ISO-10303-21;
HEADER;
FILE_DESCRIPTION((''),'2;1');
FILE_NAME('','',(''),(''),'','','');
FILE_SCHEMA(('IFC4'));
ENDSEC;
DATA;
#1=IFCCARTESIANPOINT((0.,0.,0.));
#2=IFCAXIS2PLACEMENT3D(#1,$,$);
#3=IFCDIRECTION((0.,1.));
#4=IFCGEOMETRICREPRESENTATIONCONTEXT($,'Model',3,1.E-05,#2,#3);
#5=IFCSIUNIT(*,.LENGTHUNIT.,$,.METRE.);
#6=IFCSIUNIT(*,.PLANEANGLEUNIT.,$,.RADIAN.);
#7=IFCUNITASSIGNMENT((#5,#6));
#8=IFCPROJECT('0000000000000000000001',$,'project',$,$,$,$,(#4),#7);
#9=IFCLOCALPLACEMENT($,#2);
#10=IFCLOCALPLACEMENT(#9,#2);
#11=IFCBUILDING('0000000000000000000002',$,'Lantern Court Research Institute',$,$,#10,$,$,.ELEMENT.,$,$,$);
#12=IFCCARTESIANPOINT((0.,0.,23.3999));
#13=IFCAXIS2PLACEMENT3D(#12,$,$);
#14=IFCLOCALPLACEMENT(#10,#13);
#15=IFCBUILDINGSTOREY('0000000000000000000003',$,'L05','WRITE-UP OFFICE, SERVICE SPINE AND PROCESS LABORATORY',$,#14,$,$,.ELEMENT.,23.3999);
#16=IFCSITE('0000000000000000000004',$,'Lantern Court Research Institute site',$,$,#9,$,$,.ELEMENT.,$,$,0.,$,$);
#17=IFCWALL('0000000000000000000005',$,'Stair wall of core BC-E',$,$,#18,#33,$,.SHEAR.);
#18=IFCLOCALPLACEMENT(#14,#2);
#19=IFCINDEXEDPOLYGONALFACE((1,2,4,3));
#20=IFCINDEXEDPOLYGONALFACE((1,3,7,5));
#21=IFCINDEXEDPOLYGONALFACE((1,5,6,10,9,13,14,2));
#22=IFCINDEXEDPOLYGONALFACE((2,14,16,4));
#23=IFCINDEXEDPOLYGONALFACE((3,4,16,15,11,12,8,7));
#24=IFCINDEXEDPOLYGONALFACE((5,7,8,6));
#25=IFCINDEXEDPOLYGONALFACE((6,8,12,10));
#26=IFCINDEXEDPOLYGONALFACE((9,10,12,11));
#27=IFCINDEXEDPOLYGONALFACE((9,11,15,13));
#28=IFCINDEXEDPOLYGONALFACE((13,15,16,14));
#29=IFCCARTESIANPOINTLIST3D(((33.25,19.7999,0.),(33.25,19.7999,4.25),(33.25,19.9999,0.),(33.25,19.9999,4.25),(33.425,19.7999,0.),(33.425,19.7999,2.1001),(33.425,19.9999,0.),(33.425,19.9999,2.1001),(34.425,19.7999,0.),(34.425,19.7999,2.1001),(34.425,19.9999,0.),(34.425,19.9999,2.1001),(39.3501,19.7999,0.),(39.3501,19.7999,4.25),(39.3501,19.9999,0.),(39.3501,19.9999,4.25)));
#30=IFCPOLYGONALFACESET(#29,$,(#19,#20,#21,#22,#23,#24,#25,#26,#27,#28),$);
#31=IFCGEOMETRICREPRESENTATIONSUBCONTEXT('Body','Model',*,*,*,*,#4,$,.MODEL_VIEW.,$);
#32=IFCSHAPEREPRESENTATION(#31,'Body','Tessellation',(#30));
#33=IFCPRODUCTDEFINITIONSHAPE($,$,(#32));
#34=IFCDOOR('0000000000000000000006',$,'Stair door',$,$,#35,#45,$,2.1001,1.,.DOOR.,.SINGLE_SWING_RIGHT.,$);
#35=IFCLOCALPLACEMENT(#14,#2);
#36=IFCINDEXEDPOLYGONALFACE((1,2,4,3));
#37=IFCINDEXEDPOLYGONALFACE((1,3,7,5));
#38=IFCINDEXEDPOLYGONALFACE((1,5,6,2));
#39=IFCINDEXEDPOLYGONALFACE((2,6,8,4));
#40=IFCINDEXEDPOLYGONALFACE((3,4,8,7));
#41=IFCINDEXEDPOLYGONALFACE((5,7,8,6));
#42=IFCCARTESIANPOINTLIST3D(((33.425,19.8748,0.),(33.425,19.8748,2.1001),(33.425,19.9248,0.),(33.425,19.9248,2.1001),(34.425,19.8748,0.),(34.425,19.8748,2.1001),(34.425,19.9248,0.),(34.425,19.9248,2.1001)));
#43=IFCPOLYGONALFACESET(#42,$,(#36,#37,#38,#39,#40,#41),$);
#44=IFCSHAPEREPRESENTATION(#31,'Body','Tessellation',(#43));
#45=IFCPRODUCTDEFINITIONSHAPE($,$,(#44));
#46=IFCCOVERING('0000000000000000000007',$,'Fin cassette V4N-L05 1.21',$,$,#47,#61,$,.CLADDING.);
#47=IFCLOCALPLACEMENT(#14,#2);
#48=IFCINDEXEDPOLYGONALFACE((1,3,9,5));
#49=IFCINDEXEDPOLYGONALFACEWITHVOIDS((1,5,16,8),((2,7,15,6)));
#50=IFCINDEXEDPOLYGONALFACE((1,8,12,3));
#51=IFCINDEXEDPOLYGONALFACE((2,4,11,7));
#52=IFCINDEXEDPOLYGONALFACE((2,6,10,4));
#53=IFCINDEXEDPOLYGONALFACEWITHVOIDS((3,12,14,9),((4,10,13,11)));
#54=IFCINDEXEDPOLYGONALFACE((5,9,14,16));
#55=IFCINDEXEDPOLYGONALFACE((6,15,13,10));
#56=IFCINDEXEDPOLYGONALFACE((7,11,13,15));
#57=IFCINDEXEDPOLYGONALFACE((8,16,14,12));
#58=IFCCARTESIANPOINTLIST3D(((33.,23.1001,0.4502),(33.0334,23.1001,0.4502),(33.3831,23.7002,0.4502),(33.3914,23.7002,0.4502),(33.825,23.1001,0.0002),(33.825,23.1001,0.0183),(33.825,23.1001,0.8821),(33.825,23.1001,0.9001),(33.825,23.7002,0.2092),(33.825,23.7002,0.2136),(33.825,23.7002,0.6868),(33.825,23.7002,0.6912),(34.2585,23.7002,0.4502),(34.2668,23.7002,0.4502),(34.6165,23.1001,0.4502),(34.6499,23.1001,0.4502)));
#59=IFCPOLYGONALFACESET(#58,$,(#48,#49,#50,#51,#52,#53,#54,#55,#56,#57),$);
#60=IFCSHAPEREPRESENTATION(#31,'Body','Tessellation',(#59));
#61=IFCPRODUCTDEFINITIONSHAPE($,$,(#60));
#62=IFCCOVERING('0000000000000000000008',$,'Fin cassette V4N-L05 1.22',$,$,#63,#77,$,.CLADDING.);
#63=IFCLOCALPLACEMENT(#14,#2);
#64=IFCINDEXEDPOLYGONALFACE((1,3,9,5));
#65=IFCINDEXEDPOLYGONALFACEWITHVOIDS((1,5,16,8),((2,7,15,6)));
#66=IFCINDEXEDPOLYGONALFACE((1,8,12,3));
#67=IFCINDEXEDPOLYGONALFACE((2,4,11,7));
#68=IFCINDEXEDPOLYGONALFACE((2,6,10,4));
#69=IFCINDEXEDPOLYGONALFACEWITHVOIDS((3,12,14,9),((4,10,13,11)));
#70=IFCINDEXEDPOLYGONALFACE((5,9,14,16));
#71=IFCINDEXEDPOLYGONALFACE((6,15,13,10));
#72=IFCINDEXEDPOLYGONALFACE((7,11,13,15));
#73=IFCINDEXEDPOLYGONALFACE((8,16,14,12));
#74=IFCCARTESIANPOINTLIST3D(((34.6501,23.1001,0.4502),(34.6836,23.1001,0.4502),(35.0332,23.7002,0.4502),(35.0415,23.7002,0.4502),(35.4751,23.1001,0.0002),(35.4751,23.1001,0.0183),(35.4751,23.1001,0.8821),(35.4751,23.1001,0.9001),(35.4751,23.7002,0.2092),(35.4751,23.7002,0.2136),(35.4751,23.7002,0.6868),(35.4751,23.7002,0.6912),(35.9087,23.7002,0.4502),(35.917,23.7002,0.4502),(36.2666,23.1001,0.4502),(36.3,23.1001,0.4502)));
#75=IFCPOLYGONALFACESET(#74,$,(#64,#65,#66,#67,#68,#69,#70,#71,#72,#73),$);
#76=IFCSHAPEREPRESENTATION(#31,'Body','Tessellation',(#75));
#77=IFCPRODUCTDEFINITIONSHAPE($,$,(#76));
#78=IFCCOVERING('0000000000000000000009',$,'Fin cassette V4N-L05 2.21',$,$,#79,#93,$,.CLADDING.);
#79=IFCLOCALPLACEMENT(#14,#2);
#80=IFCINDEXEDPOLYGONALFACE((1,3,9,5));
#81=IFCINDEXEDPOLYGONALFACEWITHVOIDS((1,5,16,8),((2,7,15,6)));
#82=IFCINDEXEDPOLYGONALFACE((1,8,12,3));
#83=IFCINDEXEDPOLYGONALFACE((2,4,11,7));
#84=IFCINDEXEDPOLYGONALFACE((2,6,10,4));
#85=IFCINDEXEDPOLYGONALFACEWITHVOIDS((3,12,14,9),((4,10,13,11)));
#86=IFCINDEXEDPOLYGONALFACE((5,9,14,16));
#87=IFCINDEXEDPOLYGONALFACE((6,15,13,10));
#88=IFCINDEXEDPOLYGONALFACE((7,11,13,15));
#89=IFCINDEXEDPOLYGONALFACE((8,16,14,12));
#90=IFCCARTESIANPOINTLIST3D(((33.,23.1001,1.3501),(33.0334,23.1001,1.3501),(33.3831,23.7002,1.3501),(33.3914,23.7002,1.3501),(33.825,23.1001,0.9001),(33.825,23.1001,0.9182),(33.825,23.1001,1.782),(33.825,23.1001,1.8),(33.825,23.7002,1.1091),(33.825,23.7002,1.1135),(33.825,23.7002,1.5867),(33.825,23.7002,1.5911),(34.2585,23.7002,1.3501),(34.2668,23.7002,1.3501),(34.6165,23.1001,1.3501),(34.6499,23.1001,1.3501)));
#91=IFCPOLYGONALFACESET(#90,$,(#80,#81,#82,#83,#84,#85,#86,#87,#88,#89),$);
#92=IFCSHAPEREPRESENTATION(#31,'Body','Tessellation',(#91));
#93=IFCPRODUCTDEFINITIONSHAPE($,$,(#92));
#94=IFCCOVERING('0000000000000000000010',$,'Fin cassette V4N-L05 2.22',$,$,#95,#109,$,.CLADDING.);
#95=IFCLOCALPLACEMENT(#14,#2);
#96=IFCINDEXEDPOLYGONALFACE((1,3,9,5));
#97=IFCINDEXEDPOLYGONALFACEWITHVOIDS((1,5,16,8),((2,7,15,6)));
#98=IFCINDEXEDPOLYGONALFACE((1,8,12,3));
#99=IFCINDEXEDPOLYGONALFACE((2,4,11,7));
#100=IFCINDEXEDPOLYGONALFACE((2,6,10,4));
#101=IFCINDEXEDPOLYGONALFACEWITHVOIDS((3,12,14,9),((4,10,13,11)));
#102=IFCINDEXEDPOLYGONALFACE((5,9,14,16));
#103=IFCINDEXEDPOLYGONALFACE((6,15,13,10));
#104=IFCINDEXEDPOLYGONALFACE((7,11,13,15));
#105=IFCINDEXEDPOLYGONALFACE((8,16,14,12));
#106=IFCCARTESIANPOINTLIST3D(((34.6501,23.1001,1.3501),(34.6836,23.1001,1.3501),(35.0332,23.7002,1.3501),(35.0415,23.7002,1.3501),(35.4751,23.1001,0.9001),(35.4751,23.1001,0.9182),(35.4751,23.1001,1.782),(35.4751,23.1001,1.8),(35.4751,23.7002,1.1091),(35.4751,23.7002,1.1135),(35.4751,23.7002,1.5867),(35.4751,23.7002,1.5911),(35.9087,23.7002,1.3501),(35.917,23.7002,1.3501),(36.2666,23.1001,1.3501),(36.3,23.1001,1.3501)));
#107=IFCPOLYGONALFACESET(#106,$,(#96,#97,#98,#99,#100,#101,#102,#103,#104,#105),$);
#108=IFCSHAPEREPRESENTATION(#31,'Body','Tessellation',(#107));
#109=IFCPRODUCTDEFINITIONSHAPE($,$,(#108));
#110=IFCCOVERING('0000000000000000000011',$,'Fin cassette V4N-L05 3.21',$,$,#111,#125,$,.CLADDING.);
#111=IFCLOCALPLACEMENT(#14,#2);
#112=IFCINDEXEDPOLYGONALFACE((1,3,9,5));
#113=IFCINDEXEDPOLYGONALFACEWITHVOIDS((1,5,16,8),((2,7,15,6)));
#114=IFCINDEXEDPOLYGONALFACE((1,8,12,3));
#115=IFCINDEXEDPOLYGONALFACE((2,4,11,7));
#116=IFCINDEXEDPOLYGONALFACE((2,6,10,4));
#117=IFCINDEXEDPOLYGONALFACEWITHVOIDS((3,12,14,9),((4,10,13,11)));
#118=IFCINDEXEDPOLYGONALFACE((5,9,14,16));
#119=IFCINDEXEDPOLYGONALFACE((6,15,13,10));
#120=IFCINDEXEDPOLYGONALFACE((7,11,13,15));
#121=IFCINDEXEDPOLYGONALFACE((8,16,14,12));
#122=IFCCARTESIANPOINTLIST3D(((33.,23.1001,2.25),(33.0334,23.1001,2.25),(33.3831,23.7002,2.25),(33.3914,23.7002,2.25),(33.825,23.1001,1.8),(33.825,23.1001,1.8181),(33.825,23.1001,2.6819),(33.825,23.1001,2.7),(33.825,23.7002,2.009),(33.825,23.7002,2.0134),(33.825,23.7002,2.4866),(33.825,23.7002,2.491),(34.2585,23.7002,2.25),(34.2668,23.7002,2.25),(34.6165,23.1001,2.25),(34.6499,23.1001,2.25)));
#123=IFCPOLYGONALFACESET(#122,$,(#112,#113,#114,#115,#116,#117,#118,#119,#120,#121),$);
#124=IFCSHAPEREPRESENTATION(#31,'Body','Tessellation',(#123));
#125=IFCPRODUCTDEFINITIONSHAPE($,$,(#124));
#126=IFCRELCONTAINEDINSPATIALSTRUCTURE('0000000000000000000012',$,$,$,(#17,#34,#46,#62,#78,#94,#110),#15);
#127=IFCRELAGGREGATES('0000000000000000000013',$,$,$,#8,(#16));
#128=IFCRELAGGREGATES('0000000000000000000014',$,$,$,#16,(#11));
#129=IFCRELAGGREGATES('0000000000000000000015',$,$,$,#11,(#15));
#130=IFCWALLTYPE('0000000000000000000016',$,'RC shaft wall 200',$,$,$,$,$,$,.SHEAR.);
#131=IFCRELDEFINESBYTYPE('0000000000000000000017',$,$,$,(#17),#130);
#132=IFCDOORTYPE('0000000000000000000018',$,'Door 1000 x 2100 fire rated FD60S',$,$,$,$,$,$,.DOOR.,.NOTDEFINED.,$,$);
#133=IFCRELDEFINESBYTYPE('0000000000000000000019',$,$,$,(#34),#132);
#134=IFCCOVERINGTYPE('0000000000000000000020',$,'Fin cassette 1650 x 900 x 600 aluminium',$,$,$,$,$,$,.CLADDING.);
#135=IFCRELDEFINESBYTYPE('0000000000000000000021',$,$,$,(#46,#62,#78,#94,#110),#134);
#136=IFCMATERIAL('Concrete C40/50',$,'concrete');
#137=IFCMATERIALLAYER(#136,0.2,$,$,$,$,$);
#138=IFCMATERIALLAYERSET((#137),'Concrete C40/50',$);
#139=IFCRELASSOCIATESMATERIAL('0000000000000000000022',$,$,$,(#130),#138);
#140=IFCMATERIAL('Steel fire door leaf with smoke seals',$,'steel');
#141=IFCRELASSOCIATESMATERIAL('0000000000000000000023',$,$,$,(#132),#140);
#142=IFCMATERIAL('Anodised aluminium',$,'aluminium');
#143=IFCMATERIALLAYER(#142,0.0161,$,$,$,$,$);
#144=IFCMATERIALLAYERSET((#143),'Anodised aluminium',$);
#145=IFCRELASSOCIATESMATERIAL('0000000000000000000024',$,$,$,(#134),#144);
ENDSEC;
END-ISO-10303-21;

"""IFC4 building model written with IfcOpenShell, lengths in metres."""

from ifc_helpers import new_model, entity, si_unit, direction, frame, frame_2d, origin, place, context, subcontext, project, spatial, rectangle, extrude, material, layer, layer_set, type_object, element, fill, save


model = new_model("IFC4")

# Units and contexts
model_context = context("Model", 3, precision=1e-05, world=origin(), true_north=direction((0.0, 1.0)))
body_context = subcontext(model_context, "Body", "Model", "MODEL_VIEW")
ifc_project = project(units=[si_unit("LENGTHUNIT", "METRE"), si_unit("PLANEANGLEUNIT", "RADIAN")], contexts=[model_context])

# Site, building, storey
site_placement = place(None, origin())
site = spatial("IfcSite", under=ifc_project, at=site_placement, Name="Lantern Court Research Institute site", CompositionType="ELEMENT", RefElevation=0.0)
building_placement = place(site_placement, origin())
building = spatial("IfcBuilding", under=site, at=building_placement, Name="Lantern Court Research Institute", CompositionType="ELEMENT")
storey_placement = place(building_placement, frame((0.0, 0.0, 23.3999)))
storey = spatial("IfcBuildingStorey", under=building, at=storey_placement, Name="L05", Description="WRITE-UP OFFICE, SERVICE SPINE AND PROCESS LABORATORY", CompositionType="ELEMENT", Elevation=23.3999)

# Wall, opening, door
ifc_material_1 = material(Name="Concrete C40/50", Category="concrete")
ifc_layer_1 = layer(ifc_material_1, 0.2)
ifc_layer_set_1 = layer_set([ifc_layer_1], Name="Concrete C40/50")
wall_type_1 = type_object("IfcWallType", Name="RC shaft wall 200", PredefinedType="SHEAR", material=ifc_layer_set_1)
wall_1_placement = place(storey_placement, frame((33.25, 19.8999, 0.0), z_axis=(0.0, 0.0, 1.0), x_axis=(1.0, 0.0, 0.0)))
wall_1 = element("IfcWall", 1, at=wall_1_placement, inside=storey, type_object=wall_type_1, Name="Stair wall of core BC-E", PredefinedType="SHEAR", context=body_context, shape_type="SweptSolid", body=[
    extrude(rectangle(XDim=6.1001, YDim=0.2, at=frame_2d((3.05, 0.0))), origin(), (0.0, 0.0, 1.0), 4.25),
])
opening_1_placement = place(wall_1_placement, frame((0.175, 0.0, 0.0)))
opening_1 = element("IfcOpeningElement", 2, at=opening_1_placement, cuts=wall_1, PredefinedType="OPENING", context=body_context, shape_type="SweptSolid", body=[
    extrude(rectangle(XDim=1.0, YDim=2.1001, at=frame_2d((0.5, 1.05))), frame((0.0, 0.1099, 0.0), z_axis=(0.0, -1.0, 0.0), x_axis=(1.0, 0.0, 0.0)), (0.0, 0.0, 1.0), 0.22),
])
ifc_material_2 = material(Name="Steel fire door leaf with smoke seals", Category="steel")
door_type_1 = type_object("IfcDoorType", Name="Door 1000 x 2100 fire rated FD60S", OperationType="NOTDEFINED", PredefinedType="DOOR", material=ifc_material_2)
door_1_placement = place(opening_1_placement, origin())
door_1 = element("IfcDoor", 3, at=door_1_placement, inside=storey, type_object=door_type_1, Name="Stair door", OperationType="SINGLE_SWING_RIGHT", OverallHeight=2.1001, OverallWidth=1.0, PredefinedType="DOOR", context=body_context, shape_type="SweptSolid", body=[
    extrude(rectangle(XDim=1.0, YDim=2.1001, at=frame_2d((0.5, 1.05))), frame((0.0, 0.0249, 0.0), z_axis=(0.0, -1.0, 0.0), x_axis=(1.0, 0.0, 0.0)), (0.0, 0.0, 1.0), 0.05),
])
fill(opening_1, door_1)

# Coverings
ifc_material_3 = material(Name="Anodised aluminium", Category="aluminium")
ifc_layer_2 = layer(ifc_material_3, 0.0161)
ifc_layer_set_2 = layer_set([ifc_layer_2], Name="Anodised aluminium")
covering_type = type_object("IfcCoveringType", Name="Fin cassette 1650 x 900 x 600 aluminium", PredefinedType="CLADDING", material=ifc_layer_set_2)
covering_1_placement = place(storey_placement, frame((33.825, 23.1001, 0.4502), z_axis=(0.0, 1.0, 0.0), x_axis=(-1.0, 0.0, 0.0)))
cartesian_point_1 = entity("IfcCartesianPoint", [0.825, 0.0])
cartesian_point_2 = entity("IfcCartesianPoint", [0.7915, 0.0])
cartesian_point_3 = entity("IfcCartesianPoint", [0.4419, 0.0])
cartesian_point_4 = entity("IfcCartesianPoint", [0.4336, 0.0])
element("IfcCovering", 4, at=covering_1_placement, inside=storey, type_object=covering_type, Name="Fin cassette V4N-L05 1.21", PredefinedType="CLADDING", context=body_context, shape_type="SweptSolid", body=[
    entity("IfcExtrudedAreaSolidTapered", entity("IfcArbitraryProfileDefWithVoids", "AREA", None, entity("IfcPolyline", [cartesian_point_1, entity("IfcCartesianPoint", [0.0, 0.45]), entity("IfcCartesianPoint", [-0.825, 0.0]), entity("IfcCartesianPoint", [0.0, -0.45]), cartesian_point_1]), [entity("IfcPolyline", [cartesian_point_2, entity("IfcCartesianPoint", [0.0, 0.4319]), entity("IfcCartesianPoint", [-0.7915, 0.0]), entity("IfcCartesianPoint", [0.0, -0.4319]), cartesian_point_2])]), entity("IfcAxis2Placement3D", entity("IfcCartesianPoint", [0.0, 0.0, 0.0])), entity("IfcDirection", [0.0, 0.0, 1.0]), 0.6001, entity("IfcArbitraryProfileDefWithVoids", "AREA", None, entity("IfcPolyline", [cartesian_point_3, entity("IfcCartesianPoint", [0.0, 0.241]), entity("IfcCartesianPoint", [-0.4419, 0.0]), entity("IfcCartesianPoint", [0.0, -0.241]), cartesian_point_3]), [entity("IfcPolyline", [cartesian_point_4, entity("IfcCartesianPoint", [0.0, 0.2366]), entity("IfcCartesianPoint", [-0.4336, 0.0]), entity("IfcCartesianPoint", [0.0, -0.2366]), cartesian_point_4])])),
])
covering_2_placement = place(storey_placement, frame((35.4751, 23.1001, 0.4502), z_axis=(0.0, 1.0, 0.0), x_axis=(-1.0, 0.0, 0.0)))
cartesian_point_5 = entity("IfcCartesianPoint", [0.825, 0.0])
cartesian_point_6 = entity("IfcCartesianPoint", [0.7915, 0.0])
cartesian_point_7 = entity("IfcCartesianPoint", [0.4419, 0.0])
cartesian_point_8 = entity("IfcCartesianPoint", [0.4336, 0.0])
element("IfcCovering", 5, at=covering_2_placement, inside=storey, type_object=covering_type, Name="Fin cassette V4N-L05 1.22", PredefinedType="CLADDING", context=body_context, shape_type="SweptSolid", body=[
    entity("IfcExtrudedAreaSolidTapered", entity("IfcArbitraryProfileDefWithVoids", "AREA", None, entity("IfcPolyline", [cartesian_point_5, entity("IfcCartesianPoint", [0.0, 0.45]), entity("IfcCartesianPoint", [-0.825, 0.0]), entity("IfcCartesianPoint", [0.0, -0.45]), cartesian_point_5]), [entity("IfcPolyline", [cartesian_point_6, entity("IfcCartesianPoint", [0.0, 0.4319]), entity("IfcCartesianPoint", [-0.7915, 0.0]), entity("IfcCartesianPoint", [0.0, -0.4319]), cartesian_point_6])]), entity("IfcAxis2Placement3D", entity("IfcCartesianPoint", [0.0, 0.0, 0.0])), entity("IfcDirection", [0.0, 0.0, 1.0]), 0.6001, entity("IfcArbitraryProfileDefWithVoids", "AREA", None, entity("IfcPolyline", [cartesian_point_7, entity("IfcCartesianPoint", [0.0, 0.241]), entity("IfcCartesianPoint", [-0.4419, 0.0]), entity("IfcCartesianPoint", [0.0, -0.241]), cartesian_point_7]), [entity("IfcPolyline", [cartesian_point_8, entity("IfcCartesianPoint", [0.0, 0.2366]), entity("IfcCartesianPoint", [-0.4336, 0.0]), entity("IfcCartesianPoint", [0.0, -0.2366]), cartesian_point_8])])),
])
covering_3_placement = place(storey_placement, frame((33.825, 23.1001, 1.3501), z_axis=(0.0, 1.0, 0.0), x_axis=(-1.0, 0.0, 0.0)))
cartesian_point_9 = entity("IfcCartesianPoint", [0.825, 0.0])
cartesian_point_10 = entity("IfcCartesianPoint", [0.7915, 0.0])
cartesian_point_11 = entity("IfcCartesianPoint", [0.4419, 0.0])
cartesian_point_12 = entity("IfcCartesianPoint", [0.4336, 0.0])
element("IfcCovering", 6, at=covering_3_placement, inside=storey, type_object=covering_type, Name="Fin cassette V4N-L05 2.21", PredefinedType="CLADDING", context=body_context, shape_type="SweptSolid", body=[
    entity("IfcExtrudedAreaSolidTapered", entity("IfcArbitraryProfileDefWithVoids", "AREA", None, entity("IfcPolyline", [cartesian_point_9, entity("IfcCartesianPoint", [0.0, 0.45]), entity("IfcCartesianPoint", [-0.825, 0.0]), entity("IfcCartesianPoint", [0.0, -0.45]), cartesian_point_9]), [entity("IfcPolyline", [cartesian_point_10, entity("IfcCartesianPoint", [0.0, 0.4319]), entity("IfcCartesianPoint", [-0.7915, 0.0]), entity("IfcCartesianPoint", [0.0, -0.4319]), cartesian_point_10])]), entity("IfcAxis2Placement3D", entity("IfcCartesianPoint", [0.0, 0.0, 0.0])), entity("IfcDirection", [0.0, 0.0, 1.0]), 0.6001, entity("IfcArbitraryProfileDefWithVoids", "AREA", None, entity("IfcPolyline", [cartesian_point_11, entity("IfcCartesianPoint", [0.0, 0.241]), entity("IfcCartesianPoint", [-0.4419, 0.0]), entity("IfcCartesianPoint", [0.0, -0.241]), cartesian_point_11]), [entity("IfcPolyline", [cartesian_point_12, entity("IfcCartesianPoint", [0.0, 0.2366]), entity("IfcCartesianPoint", [-0.4336, 0.0]), entity("IfcCartesianPoint", [0.0, -0.2366]), cartesian_point_12])])),
])
covering_4_placement = place(storey_placement, frame((35.4751, 23.1001, 1.3501), z_axis=(0.0, 1.0, 0.0), x_axis=(-1.0, 0.0, 0.0)))
cartesian_point_13 = entity("IfcCartesianPoint", [0.825, 0.0])
cartesian_point_14 = entity("IfcCartesianPoint", [0.7915, 0.0])
cartesian_point_15 = entity("IfcCartesianPoint", [0.4419, 0.0])
cartesian_point_16 = entity("IfcCartesianPoint", [0.4336, 0.0])
element("IfcCovering", 7, at=covering_4_placement, inside=storey, type_object=covering_type, Name="Fin cassette V4N-L05 2.22", PredefinedType="CLADDING", context=body_context, shape_type="SweptSolid", body=[
    entity("IfcExtrudedAreaSolidTapered", entity("IfcArbitraryProfileDefWithVoids", "AREA", None, entity("IfcPolyline", [cartesian_point_13, entity("IfcCartesianPoint", [0.0, 0.45]), entity("IfcCartesianPoint", [-0.825, 0.0]), entity("IfcCartesianPoint", [0.0, -0.45]), cartesian_point_13]), [entity("IfcPolyline", [cartesian_point_14, entity("IfcCartesianPoint", [0.0, 0.4319]), entity("IfcCartesianPoint", [-0.7915, 0.0]), entity("IfcCartesianPoint", [0.0, -0.4319]), cartesian_point_14])]), entity("IfcAxis2Placement3D", entity("IfcCartesianPoint", [0.0, 0.0, 0.0])), entity("IfcDirection", [0.0, 0.0, 1.0]), 0.6001, entity("IfcArbitraryProfileDefWithVoids", "AREA", None, entity("IfcPolyline", [cartesian_point_15, entity("IfcCartesianPoint", [0.0, 0.241]), entity("IfcCartesianPoint", [-0.4419, 0.0]), entity("IfcCartesianPoint", [0.0, -0.241]), cartesian_point_15]), [entity("IfcPolyline", [cartesian_point_16, entity("IfcCartesianPoint", [0.0, 0.2366]), entity("IfcCartesianPoint", [-0.4336, 0.0]), entity("IfcCartesianPoint", [0.0, -0.2366]), cartesian_point_16])])),
])
covering_5_placement = place(storey_placement, frame((33.825, 23.1001, 2.25), z_axis=(0.0, 1.0, 0.0), x_axis=(-1.0, 0.0, 0.0)))
cartesian_point_17 = entity("IfcCartesianPoint", [0.825, 0.0])
cartesian_point_18 = entity("IfcCartesianPoint", [0.7915, 0.0])
cartesian_point_19 = entity("IfcCartesianPoint", [0.4419, 0.0])
cartesian_point_20 = entity("IfcCartesianPoint", [0.4336, 0.0])
element("IfcCovering", 8, at=covering_5_placement, inside=storey, type_object=covering_type, Name="Fin cassette V4N-L05 3.21", PredefinedType="CLADDING", context=body_context, shape_type="SweptSolid", body=[
    entity("IfcExtrudedAreaSolidTapered", entity("IfcArbitraryProfileDefWithVoids", "AREA", None, entity("IfcPolyline", [cartesian_point_17, entity("IfcCartesianPoint", [0.0, 0.45]), entity("IfcCartesianPoint", [-0.825, 0.0]), entity("IfcCartesianPoint", [0.0, -0.45]), cartesian_point_17]), [entity("IfcPolyline", [cartesian_point_18, entity("IfcCartesianPoint", [0.0, 0.4319]), entity("IfcCartesianPoint", [-0.7915, 0.0]), entity("IfcCartesianPoint", [0.0, -0.4319]), cartesian_point_18])]), entity("IfcAxis2Placement3D", entity("IfcCartesianPoint", [0.0, 0.0, 0.0])), entity("IfcDirection", [0.0, 0.0, 1.0]), 0.6001, entity("IfcArbitraryProfileDefWithVoids", "AREA", None, entity("IfcPolyline", [cartesian_point_19, entity("IfcCartesianPoint", [0.0, 0.241]), entity("IfcCartesianPoint", [-0.4419, 0.0]), entity("IfcCartesianPoint", [0.0, -0.241]), cartesian_point_19]), [entity("IfcPolyline", [cartesian_point_20, entity("IfcCartesianPoint", [0.0, 0.2366]), entity("IfcCartesianPoint", [-0.4336, 0.0]), entity("IfcCartesianPoint", [0.0, -0.2366]), cartesian_point_20])])),
])

save(model, "model.ifc")
